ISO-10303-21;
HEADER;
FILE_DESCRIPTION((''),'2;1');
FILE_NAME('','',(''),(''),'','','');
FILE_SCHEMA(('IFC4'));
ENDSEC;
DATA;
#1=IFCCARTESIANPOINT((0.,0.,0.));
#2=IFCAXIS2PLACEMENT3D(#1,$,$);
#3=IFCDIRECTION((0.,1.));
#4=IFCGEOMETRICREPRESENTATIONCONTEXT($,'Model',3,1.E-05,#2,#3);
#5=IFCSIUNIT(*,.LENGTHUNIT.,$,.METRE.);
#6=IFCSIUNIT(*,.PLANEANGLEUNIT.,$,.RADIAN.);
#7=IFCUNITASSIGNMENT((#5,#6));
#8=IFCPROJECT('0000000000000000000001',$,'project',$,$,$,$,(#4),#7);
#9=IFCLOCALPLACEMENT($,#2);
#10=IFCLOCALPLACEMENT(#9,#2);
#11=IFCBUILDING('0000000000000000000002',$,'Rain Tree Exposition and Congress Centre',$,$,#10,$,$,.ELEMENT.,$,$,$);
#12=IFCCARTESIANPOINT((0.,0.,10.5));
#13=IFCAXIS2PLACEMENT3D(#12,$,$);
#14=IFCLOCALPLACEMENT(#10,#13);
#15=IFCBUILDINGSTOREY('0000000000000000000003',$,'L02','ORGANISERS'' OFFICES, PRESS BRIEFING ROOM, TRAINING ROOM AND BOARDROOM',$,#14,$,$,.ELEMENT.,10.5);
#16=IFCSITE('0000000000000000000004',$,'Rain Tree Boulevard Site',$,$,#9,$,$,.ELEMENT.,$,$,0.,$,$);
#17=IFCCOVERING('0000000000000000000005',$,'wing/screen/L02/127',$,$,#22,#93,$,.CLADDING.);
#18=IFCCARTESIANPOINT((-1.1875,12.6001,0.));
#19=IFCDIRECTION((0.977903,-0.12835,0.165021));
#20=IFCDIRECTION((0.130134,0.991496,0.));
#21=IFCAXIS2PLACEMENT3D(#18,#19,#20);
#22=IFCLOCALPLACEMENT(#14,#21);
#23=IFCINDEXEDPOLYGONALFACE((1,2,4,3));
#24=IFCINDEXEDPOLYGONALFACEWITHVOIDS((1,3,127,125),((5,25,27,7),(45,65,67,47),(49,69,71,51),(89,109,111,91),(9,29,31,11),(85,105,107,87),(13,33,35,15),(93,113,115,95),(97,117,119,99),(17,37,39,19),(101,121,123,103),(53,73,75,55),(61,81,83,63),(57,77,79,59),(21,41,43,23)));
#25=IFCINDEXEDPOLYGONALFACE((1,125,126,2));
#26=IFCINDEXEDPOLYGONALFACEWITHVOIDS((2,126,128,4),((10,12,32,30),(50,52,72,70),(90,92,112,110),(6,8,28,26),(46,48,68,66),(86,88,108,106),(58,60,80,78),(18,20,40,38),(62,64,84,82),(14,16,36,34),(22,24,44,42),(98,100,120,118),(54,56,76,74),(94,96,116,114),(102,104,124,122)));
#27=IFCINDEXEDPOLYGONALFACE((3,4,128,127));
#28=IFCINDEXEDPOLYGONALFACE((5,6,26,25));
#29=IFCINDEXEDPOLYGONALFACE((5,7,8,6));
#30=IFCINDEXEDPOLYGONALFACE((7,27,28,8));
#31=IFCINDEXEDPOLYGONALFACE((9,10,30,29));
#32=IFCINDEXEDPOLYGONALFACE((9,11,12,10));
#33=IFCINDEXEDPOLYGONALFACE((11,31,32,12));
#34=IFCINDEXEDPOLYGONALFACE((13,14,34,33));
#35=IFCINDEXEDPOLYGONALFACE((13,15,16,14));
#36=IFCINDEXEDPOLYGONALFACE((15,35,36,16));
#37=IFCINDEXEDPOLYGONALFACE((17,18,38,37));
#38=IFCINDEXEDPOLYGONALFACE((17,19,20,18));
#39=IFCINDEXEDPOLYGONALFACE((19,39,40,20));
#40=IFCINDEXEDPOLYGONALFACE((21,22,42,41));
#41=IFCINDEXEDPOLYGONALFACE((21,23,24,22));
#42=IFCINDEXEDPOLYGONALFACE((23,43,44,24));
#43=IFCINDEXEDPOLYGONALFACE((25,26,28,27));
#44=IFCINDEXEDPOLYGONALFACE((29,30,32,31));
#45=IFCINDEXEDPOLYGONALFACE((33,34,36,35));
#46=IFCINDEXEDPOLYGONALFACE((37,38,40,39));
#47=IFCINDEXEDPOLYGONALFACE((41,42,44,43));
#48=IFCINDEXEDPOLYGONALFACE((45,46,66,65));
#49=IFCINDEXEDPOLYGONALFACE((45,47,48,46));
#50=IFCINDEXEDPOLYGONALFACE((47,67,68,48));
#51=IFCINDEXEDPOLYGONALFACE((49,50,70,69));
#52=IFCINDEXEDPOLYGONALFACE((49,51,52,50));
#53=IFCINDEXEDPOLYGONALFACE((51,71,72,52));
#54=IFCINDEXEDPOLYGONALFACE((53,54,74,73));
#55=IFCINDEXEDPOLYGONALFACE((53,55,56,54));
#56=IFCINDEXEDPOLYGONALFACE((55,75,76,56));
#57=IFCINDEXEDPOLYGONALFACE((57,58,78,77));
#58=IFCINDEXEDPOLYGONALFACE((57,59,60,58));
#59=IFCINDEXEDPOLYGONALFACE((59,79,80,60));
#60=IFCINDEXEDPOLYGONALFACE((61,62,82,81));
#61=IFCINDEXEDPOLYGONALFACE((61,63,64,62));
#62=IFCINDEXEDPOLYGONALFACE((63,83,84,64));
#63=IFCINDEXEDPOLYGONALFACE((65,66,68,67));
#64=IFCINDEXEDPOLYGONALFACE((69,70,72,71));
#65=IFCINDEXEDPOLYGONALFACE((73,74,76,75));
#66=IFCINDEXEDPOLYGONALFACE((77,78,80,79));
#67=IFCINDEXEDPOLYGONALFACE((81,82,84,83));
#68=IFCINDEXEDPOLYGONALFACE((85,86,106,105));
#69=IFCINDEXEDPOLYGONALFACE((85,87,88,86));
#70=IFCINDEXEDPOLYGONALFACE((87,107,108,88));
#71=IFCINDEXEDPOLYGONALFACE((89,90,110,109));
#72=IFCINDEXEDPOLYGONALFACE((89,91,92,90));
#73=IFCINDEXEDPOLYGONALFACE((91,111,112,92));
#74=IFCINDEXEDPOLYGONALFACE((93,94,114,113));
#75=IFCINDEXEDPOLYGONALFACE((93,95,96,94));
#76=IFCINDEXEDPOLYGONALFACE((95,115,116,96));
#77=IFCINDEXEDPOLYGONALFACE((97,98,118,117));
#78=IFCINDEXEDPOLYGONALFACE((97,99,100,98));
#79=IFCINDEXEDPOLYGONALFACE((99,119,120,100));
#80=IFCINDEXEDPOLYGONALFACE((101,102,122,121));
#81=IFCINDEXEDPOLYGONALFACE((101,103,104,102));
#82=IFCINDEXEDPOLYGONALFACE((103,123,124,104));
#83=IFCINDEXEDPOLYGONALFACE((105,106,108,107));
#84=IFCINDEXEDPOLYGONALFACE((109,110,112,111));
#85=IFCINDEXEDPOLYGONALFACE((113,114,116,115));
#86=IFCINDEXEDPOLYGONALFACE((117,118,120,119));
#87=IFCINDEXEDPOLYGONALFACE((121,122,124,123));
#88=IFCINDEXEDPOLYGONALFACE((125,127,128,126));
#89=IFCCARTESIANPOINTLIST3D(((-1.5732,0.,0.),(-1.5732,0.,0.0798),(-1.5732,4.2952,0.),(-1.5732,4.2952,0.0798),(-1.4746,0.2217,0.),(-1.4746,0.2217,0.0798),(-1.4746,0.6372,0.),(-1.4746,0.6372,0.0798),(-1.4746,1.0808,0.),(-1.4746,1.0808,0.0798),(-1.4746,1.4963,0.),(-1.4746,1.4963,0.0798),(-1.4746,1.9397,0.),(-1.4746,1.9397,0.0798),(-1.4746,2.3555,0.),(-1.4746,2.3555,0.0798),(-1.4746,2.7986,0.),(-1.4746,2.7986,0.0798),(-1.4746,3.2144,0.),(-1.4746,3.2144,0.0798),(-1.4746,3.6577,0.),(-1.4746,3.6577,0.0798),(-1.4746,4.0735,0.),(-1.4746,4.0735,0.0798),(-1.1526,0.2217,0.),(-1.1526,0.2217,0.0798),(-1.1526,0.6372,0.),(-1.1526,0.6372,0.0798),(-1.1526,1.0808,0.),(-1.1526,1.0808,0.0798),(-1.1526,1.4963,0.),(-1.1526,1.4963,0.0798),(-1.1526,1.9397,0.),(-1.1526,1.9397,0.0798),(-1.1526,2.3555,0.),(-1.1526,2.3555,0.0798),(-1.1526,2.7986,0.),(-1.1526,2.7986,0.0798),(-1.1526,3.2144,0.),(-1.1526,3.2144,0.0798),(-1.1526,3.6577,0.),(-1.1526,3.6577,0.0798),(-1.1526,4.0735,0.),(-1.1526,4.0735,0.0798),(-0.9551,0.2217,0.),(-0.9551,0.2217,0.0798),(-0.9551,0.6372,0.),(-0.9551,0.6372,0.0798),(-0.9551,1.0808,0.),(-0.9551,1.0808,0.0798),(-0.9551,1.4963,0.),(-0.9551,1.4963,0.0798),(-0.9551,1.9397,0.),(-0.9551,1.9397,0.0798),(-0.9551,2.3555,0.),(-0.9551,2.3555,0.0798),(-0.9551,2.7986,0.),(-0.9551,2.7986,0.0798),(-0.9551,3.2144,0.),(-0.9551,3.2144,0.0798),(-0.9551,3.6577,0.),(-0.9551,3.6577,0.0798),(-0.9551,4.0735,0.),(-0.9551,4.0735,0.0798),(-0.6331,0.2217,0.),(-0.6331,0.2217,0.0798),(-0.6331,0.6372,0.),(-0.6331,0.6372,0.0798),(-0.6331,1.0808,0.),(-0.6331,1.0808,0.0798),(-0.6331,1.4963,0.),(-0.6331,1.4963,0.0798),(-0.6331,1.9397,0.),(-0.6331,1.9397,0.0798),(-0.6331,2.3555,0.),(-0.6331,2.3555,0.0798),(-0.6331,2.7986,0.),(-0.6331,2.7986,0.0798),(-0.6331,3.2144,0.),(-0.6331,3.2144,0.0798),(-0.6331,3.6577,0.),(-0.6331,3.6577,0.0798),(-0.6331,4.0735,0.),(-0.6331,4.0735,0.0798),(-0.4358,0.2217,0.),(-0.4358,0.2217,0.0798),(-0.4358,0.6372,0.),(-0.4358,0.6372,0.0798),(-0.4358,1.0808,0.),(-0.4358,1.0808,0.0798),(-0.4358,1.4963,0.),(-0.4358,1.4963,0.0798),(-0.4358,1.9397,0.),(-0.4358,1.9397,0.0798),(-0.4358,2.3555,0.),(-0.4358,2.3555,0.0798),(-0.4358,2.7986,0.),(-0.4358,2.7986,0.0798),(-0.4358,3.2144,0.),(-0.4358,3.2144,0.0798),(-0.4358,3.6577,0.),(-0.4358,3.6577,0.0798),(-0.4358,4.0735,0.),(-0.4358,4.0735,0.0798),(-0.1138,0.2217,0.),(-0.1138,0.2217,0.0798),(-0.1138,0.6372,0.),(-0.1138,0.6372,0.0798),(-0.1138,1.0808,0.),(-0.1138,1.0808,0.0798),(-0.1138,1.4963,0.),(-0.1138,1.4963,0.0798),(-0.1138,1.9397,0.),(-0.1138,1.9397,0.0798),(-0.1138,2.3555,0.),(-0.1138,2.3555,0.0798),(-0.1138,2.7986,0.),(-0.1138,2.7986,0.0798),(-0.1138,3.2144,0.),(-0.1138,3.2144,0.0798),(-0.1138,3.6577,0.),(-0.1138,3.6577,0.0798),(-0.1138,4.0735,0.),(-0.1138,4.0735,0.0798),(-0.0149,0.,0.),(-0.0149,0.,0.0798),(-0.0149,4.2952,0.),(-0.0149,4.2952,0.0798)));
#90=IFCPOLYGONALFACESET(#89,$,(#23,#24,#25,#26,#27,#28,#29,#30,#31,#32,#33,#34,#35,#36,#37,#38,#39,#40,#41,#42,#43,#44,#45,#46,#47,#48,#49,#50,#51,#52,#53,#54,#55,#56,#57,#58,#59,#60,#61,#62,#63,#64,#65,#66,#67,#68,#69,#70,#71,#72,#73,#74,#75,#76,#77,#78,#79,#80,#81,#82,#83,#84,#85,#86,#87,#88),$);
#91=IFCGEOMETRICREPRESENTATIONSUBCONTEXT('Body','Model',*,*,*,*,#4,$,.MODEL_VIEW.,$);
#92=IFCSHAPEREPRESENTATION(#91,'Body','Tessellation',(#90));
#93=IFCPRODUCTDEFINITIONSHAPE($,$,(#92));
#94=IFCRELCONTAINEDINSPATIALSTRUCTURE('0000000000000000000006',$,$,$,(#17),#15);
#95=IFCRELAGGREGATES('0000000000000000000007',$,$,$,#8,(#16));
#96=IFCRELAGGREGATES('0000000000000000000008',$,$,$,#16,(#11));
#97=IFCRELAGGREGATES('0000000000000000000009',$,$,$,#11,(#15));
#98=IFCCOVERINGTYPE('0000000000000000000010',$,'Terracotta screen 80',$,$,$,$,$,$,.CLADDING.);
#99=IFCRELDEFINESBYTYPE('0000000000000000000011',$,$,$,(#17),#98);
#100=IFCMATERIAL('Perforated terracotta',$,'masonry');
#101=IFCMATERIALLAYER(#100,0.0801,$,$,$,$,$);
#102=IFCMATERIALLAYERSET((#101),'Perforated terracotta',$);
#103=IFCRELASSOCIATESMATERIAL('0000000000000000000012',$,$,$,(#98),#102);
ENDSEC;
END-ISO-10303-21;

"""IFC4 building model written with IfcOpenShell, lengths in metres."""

from ifc_helpers import new_model, si_unit, direction, frame, origin, place, context, subcontext, project, spatial, polyline, outline, extrude, material, layer, layer_set, type_object, element, save


model = new_model("IFC4")

# Units and contexts
model_context = context("Model", 3, precision=1e-05, world=origin(), true_north=direction((0.0, 1.0)))
body_context = subcontext(model_context, "Body", "Model", "MODEL_VIEW")
ifc_project = project(units=[si_unit("LENGTHUNIT", "METRE"), si_unit("PLANEANGLEUNIT", "RADIAN")], contexts=[model_context])

# Site, building, storey
site_placement = place(None, origin())
site = spatial("IfcSite", under=ifc_project, at=site_placement, Name="Rain Tree Boulevard Site", CompositionType="ELEMENT", RefElevation=0.0)
building_placement = place(site_placement, origin())
building = spatial("IfcBuilding", under=site, at=building_placement, Name="Rain Tree Exposition and Congress Centre", CompositionType="ELEMENT")
storey_placement = place(building_placement, frame((0.0, 0.0, 10.5)))
storey = spatial("IfcBuildingStorey", under=building, at=storey_placement, Name="L02", Description="ORGANISERS' OFFICES, PRESS BRIEFING ROOM, TRAINING ROOM AND BOARDROOM", CompositionType="ELEMENT", Elevation=10.5)

# Covering
ifc_material_1 = material(Name="Perforated terracotta", Category="masonry")
ifc_layer_1 = layer(ifc_material_1, 0.0801)
ifc_layer_set_1 = layer_set([ifc_layer_1], Name="Perforated terracotta")
covering_type = type_object("IfcCoveringType", Name="Terracotta screen 80", PredefinedType="CLADDING", material=ifc_layer_set_1)
covering_1_placement = place(storey_placement, frame((-1.1875, 12.6001, 0.0), z_axis=(0.977903, -0.12835, 0.165021), x_axis=(0.130134, 0.991496, 0.0)))
element("IfcCovering", 1, at=covering_1_placement, inside=storey, type_object=covering_type, Name="wing/screen/L02/127", PredefinedType="CLADDING", context=body_context, shape_type="SweptSolid", body=[
    extrude(outline(polyline([(-1.5732, 0.0), (-1.5732, 4.2952), (-0.0149, 4.2952), (-0.0149, 0.0), (-1.5732, 0.0)]), holes=[polyline([(-0.1138, 0.2217), (-0.1138, 0.6372), (-0.4358, 0.6372), (-0.4358, 0.2217), (-0.1138, 0.2217)]), polyline([(-0.1138, 1.0808), (-0.1138, 1.4963), (-0.4358, 1.4963), (-0.4358, 1.0808), (-0.1138, 1.0808)]), polyline([(-0.1138, 1.9397), (-0.1138, 2.3555), (-0.4358, 2.3555), (-0.4358, 1.9397), (-0.1138, 1.9397)]), polyline([(-0.1138, 2.7986), (-0.1138, 3.2144), (-0.4358, 3.2144), (-0.4358, 2.7986), (-0.1138, 2.7986)]), polyline([(-0.1138, 3.6577), (-0.1138, 4.0735), (-0.4358, 4.0735), (-0.4358, 3.6577), (-0.1138, 3.6577)]), polyline([(-0.6331, 0.2217), (-0.6331, 0.6372), (-0.9551, 0.6372), (-0.9551, 0.2217), (-0.6331, 0.2217)]), polyline([(-0.6331, 1.0808), (-0.6331, 1.4963), (-0.9551, 1.4963), (-0.9551, 1.0808), (-0.6331, 1.0808)]), polyline([(-0.6331, 1.9397), (-0.6331, 2.3555), (-0.9551, 2.3555), (-0.9551, 1.9397), (-0.6331, 1.9397)]), polyline([(-0.6331, 2.7986), (-0.6331, 3.2144), (-0.9551, 3.2144), (-0.9551, 2.7986), (-0.6331, 2.7986)]), polyline([(-0.6331, 3.6577), (-0.6331, 4.0735), (-0.9551, 4.0735), (-0.9551, 3.6577), (-0.6331, 3.6577)]), polyline([(-1.1526, 0.2217), (-1.1526, 0.6372), (-1.4746, 0.6372), (-1.4746, 0.2217), (-1.1526, 0.2217)]), polyline([(-1.1526, 1.0808), (-1.1526, 1.4963), (-1.4746, 1.4963), (-1.4746, 1.0808), (-1.1526, 1.0808)]), polyline([(-1.1526, 1.9397), (-1.1526, 2.3555), (-1.4746, 2.3555), (-1.4746, 1.9397), (-1.1526, 1.9397)]), polyline([(-1.1526, 2.7986), (-1.1526, 3.2144), (-1.4746, 3.2144), (-1.4746, 2.7986), (-1.1526, 2.7986)]), polyline([(-1.1526, 3.6577), (-1.1526, 4.0735), (-1.4746, 4.0735), (-1.4746, 3.6577), (-1.1526, 3.6577)])]), origin(), (0.0, 0.0, 1.0), 0.0798),
])

save(model, "model.ifc")
